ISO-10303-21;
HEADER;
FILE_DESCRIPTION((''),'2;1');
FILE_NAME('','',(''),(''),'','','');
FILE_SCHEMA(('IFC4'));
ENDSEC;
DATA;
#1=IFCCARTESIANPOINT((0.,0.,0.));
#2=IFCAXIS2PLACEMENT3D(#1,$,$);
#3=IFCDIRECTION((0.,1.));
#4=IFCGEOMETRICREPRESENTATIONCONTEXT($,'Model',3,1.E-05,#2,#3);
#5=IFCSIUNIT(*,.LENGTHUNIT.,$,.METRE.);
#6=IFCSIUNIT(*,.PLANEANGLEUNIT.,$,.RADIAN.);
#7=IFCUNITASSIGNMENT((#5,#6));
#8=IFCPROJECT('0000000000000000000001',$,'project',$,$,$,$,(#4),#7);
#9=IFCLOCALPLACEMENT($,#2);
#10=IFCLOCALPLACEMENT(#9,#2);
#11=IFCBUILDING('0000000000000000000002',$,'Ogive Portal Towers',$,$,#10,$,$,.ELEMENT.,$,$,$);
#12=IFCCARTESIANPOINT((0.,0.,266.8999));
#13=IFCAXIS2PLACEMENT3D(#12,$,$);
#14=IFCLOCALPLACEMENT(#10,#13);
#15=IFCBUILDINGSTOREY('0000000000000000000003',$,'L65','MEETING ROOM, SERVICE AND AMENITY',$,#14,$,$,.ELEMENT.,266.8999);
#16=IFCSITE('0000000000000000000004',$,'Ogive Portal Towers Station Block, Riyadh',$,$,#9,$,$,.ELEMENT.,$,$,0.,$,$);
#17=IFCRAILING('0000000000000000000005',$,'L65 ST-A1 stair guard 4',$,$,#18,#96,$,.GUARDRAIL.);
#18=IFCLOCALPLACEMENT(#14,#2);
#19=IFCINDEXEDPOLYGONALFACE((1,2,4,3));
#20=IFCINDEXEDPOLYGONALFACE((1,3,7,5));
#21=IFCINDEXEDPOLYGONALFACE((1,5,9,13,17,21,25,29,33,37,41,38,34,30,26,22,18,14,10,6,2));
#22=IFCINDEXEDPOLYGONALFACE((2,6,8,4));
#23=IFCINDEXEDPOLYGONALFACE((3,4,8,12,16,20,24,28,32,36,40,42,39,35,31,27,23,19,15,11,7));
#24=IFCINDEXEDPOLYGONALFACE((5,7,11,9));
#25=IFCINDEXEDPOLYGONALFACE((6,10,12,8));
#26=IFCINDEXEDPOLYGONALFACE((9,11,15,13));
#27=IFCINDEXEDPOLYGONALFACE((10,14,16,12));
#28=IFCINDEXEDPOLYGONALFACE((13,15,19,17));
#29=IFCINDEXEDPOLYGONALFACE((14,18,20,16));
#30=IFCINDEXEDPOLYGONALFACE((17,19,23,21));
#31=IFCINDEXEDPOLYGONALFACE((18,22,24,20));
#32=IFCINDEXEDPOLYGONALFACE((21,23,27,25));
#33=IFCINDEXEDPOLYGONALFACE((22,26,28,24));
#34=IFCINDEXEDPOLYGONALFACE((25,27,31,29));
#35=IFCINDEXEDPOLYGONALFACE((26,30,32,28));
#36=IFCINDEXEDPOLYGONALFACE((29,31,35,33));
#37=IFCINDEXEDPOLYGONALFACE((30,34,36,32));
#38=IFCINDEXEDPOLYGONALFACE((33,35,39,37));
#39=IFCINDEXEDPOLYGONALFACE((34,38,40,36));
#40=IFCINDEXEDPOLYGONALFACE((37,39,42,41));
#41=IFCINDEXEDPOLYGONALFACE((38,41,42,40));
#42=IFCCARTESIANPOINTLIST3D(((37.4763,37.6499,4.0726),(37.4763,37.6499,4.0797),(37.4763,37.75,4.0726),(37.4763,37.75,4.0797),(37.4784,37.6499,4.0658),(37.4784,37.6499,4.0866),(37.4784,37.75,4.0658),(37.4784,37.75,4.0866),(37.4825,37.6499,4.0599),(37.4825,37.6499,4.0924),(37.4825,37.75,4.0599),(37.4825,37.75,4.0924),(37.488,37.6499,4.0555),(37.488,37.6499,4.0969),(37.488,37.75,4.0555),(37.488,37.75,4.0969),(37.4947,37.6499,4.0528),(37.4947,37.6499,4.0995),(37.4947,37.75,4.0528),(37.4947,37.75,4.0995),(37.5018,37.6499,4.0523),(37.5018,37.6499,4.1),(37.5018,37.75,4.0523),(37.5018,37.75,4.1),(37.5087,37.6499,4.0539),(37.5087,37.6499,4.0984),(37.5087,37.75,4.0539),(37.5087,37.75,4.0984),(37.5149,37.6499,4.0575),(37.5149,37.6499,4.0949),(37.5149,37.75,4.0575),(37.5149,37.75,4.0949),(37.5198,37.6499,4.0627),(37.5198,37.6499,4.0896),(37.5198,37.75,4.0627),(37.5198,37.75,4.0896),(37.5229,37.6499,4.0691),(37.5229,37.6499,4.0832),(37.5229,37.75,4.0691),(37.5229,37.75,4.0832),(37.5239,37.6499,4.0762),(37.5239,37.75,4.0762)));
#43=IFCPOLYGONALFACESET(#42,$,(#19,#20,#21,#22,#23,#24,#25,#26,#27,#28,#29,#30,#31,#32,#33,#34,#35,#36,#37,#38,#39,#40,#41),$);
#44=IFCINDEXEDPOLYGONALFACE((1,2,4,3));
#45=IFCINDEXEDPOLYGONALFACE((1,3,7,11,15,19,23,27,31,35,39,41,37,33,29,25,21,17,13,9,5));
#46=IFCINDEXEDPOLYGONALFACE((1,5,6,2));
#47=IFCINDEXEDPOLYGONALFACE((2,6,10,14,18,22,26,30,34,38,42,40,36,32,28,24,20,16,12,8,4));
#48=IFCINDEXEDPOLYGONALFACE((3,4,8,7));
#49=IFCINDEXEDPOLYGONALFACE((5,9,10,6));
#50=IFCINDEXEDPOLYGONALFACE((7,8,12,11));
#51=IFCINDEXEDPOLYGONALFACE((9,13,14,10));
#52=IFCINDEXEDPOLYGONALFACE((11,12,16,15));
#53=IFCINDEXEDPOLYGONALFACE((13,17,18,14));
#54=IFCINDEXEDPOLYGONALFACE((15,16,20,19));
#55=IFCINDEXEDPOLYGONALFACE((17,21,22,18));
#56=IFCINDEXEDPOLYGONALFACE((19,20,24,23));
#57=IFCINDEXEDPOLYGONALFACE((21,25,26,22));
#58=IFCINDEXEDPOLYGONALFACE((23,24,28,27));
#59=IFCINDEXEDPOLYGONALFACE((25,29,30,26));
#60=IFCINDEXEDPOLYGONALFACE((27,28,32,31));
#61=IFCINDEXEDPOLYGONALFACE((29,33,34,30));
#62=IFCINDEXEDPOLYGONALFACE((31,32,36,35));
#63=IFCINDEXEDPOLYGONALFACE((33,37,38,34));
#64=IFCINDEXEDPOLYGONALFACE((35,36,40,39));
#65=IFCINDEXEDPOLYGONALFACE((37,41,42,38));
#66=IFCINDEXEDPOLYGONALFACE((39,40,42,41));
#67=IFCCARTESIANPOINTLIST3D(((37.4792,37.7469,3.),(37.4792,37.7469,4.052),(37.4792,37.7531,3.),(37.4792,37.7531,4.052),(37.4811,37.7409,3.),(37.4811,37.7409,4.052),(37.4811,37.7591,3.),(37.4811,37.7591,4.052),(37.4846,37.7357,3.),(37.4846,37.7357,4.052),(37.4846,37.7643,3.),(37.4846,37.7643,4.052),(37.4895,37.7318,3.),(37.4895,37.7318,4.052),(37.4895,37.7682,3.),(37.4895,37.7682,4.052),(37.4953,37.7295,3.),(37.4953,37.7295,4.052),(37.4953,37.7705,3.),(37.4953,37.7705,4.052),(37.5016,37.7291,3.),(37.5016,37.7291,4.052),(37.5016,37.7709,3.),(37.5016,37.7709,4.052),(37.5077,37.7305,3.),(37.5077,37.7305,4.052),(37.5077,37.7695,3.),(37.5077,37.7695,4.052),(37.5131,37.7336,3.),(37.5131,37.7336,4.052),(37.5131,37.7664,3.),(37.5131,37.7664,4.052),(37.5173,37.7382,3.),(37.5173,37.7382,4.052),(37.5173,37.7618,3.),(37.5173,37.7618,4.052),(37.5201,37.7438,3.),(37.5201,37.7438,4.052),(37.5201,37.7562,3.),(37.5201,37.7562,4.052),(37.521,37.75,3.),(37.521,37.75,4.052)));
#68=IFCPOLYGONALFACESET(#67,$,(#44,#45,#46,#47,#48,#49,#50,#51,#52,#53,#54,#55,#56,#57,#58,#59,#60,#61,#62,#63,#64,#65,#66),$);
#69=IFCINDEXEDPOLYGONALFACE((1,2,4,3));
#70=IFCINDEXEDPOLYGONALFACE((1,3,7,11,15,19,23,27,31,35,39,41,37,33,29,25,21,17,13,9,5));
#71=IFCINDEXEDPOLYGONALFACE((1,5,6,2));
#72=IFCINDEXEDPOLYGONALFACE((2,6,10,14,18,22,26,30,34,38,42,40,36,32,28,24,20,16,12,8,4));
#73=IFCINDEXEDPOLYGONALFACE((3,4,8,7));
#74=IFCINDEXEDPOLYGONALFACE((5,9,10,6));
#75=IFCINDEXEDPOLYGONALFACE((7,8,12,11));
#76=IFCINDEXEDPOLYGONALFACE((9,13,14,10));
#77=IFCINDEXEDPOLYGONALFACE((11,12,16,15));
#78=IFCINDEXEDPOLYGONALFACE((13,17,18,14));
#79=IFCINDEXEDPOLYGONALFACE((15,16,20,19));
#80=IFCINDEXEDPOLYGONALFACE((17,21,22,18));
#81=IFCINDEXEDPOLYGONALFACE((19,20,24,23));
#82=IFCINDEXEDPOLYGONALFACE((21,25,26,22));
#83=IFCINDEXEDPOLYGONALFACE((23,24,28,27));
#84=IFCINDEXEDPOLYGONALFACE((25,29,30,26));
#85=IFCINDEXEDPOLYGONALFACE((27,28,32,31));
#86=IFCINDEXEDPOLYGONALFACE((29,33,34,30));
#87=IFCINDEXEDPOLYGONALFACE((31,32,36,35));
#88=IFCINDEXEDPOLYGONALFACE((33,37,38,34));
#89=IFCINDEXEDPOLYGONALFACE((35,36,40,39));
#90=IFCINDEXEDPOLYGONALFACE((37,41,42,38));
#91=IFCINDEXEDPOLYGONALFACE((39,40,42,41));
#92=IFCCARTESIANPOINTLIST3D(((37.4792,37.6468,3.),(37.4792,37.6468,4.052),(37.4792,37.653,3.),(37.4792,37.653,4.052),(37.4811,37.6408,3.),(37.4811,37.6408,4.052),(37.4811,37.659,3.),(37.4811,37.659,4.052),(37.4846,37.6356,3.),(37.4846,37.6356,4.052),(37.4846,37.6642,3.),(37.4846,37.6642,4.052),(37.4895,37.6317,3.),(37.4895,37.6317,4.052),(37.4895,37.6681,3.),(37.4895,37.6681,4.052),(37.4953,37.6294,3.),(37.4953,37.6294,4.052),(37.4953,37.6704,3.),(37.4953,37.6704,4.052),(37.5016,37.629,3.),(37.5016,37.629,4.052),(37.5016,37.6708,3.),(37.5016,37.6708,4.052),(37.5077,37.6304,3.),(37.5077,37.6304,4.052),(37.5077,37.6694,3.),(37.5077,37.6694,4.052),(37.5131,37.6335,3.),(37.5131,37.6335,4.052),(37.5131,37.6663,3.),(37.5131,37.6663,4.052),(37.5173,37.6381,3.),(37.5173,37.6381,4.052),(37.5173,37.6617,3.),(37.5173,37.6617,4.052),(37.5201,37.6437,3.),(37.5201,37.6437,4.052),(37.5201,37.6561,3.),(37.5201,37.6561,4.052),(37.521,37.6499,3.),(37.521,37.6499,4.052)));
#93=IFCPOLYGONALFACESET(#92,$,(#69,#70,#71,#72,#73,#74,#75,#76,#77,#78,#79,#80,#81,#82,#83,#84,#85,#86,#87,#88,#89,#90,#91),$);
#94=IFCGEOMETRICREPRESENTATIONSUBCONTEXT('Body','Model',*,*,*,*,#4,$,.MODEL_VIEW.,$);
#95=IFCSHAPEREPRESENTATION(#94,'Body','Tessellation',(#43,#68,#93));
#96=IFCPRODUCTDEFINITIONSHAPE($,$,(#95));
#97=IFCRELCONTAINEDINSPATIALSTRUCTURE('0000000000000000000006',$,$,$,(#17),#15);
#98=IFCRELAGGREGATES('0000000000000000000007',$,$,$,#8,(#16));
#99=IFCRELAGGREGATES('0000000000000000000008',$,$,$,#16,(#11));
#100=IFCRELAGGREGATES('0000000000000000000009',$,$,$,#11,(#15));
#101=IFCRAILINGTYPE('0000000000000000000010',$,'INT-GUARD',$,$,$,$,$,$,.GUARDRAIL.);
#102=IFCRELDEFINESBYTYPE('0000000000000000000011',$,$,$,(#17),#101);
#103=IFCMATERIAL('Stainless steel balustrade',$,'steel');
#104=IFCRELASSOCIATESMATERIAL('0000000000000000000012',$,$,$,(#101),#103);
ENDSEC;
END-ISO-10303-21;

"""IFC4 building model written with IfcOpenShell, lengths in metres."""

from ifc_helpers import new_model, si_unit, direction, frame, origin, origin_2d, place, context, subcontext, project, spatial, circle, extrude, material, type_object, element, save


model = new_model("IFC4")

# Units and contexts
model_context = context("Model", 3, precision=1e-05, world=origin(), true_north=direction((0.0, 1.0)))
body_context = subcontext(model_context, "Body", "Model", "MODEL_VIEW")
ifc_project = project(units=[si_unit("LENGTHUNIT", "METRE"), si_unit("PLANEANGLEUNIT", "RADIAN")], contexts=[model_context])

# Site, building, storey
site_placement = place(None, origin())
site = spatial("IfcSite", under=ifc_project, at=site_placement, Name="Ogive Portal Towers Station Block, Riyadh", CompositionType="ELEMENT", RefElevation=0.0)
building_placement = place(site_placement, origin())
building = spatial("IfcBuilding", under=site, at=building_placement, Name="Ogive Portal Towers", CompositionType="ELEMENT")
storey_placement = place(building_placement, frame((0.0, 0.0, 266.8999)))
storey = spatial("IfcBuildingStorey", under=building, at=storey_placement, Name="L65", Description="MEETING ROOM, SERVICE AND AMENITY", CompositionType="ELEMENT", Elevation=266.8999)

# Railing
ifc_material_1 = material(Name="Stainless steel balustrade", Category="steel")
railing_type_1 = type_object("IfcRailingType", Name="INT-GUARD", PredefinedType="GUARDRAIL", material=ifc_material_1)
railing_1_placement = place(storey_placement, frame((37.5, 37.75, 3.0)))
element("IfcRailing", 1, at=railing_1_placement, inside=storey, type_object=railing_type_1, Name="L65 ST-A1 stair guard 4", PredefinedType="GUARDRAIL", context=body_context, shape_type="SweptSolid", body=[
    extrude(circle(Radius=0.0239, at=origin_2d()), frame((0.0, 0.0, 1.0762), z_axis=(0.0, -1.0, 0.0), x_axis=(1.0, 0.0, 0.0)), (0.0, 0.0, 1.0), 0.1001),
    extrude(circle(Radius=0.021, at=origin_2d()), origin(), (0.0, 0.0, 1.0), 1.052),
    extrude(circle(Radius=0.021, at=origin_2d()), frame((0.0, -0.1001, 0.0)), (0.0, 0.0, 1.0), 1.052),
])

save(model, "model.ifc")
